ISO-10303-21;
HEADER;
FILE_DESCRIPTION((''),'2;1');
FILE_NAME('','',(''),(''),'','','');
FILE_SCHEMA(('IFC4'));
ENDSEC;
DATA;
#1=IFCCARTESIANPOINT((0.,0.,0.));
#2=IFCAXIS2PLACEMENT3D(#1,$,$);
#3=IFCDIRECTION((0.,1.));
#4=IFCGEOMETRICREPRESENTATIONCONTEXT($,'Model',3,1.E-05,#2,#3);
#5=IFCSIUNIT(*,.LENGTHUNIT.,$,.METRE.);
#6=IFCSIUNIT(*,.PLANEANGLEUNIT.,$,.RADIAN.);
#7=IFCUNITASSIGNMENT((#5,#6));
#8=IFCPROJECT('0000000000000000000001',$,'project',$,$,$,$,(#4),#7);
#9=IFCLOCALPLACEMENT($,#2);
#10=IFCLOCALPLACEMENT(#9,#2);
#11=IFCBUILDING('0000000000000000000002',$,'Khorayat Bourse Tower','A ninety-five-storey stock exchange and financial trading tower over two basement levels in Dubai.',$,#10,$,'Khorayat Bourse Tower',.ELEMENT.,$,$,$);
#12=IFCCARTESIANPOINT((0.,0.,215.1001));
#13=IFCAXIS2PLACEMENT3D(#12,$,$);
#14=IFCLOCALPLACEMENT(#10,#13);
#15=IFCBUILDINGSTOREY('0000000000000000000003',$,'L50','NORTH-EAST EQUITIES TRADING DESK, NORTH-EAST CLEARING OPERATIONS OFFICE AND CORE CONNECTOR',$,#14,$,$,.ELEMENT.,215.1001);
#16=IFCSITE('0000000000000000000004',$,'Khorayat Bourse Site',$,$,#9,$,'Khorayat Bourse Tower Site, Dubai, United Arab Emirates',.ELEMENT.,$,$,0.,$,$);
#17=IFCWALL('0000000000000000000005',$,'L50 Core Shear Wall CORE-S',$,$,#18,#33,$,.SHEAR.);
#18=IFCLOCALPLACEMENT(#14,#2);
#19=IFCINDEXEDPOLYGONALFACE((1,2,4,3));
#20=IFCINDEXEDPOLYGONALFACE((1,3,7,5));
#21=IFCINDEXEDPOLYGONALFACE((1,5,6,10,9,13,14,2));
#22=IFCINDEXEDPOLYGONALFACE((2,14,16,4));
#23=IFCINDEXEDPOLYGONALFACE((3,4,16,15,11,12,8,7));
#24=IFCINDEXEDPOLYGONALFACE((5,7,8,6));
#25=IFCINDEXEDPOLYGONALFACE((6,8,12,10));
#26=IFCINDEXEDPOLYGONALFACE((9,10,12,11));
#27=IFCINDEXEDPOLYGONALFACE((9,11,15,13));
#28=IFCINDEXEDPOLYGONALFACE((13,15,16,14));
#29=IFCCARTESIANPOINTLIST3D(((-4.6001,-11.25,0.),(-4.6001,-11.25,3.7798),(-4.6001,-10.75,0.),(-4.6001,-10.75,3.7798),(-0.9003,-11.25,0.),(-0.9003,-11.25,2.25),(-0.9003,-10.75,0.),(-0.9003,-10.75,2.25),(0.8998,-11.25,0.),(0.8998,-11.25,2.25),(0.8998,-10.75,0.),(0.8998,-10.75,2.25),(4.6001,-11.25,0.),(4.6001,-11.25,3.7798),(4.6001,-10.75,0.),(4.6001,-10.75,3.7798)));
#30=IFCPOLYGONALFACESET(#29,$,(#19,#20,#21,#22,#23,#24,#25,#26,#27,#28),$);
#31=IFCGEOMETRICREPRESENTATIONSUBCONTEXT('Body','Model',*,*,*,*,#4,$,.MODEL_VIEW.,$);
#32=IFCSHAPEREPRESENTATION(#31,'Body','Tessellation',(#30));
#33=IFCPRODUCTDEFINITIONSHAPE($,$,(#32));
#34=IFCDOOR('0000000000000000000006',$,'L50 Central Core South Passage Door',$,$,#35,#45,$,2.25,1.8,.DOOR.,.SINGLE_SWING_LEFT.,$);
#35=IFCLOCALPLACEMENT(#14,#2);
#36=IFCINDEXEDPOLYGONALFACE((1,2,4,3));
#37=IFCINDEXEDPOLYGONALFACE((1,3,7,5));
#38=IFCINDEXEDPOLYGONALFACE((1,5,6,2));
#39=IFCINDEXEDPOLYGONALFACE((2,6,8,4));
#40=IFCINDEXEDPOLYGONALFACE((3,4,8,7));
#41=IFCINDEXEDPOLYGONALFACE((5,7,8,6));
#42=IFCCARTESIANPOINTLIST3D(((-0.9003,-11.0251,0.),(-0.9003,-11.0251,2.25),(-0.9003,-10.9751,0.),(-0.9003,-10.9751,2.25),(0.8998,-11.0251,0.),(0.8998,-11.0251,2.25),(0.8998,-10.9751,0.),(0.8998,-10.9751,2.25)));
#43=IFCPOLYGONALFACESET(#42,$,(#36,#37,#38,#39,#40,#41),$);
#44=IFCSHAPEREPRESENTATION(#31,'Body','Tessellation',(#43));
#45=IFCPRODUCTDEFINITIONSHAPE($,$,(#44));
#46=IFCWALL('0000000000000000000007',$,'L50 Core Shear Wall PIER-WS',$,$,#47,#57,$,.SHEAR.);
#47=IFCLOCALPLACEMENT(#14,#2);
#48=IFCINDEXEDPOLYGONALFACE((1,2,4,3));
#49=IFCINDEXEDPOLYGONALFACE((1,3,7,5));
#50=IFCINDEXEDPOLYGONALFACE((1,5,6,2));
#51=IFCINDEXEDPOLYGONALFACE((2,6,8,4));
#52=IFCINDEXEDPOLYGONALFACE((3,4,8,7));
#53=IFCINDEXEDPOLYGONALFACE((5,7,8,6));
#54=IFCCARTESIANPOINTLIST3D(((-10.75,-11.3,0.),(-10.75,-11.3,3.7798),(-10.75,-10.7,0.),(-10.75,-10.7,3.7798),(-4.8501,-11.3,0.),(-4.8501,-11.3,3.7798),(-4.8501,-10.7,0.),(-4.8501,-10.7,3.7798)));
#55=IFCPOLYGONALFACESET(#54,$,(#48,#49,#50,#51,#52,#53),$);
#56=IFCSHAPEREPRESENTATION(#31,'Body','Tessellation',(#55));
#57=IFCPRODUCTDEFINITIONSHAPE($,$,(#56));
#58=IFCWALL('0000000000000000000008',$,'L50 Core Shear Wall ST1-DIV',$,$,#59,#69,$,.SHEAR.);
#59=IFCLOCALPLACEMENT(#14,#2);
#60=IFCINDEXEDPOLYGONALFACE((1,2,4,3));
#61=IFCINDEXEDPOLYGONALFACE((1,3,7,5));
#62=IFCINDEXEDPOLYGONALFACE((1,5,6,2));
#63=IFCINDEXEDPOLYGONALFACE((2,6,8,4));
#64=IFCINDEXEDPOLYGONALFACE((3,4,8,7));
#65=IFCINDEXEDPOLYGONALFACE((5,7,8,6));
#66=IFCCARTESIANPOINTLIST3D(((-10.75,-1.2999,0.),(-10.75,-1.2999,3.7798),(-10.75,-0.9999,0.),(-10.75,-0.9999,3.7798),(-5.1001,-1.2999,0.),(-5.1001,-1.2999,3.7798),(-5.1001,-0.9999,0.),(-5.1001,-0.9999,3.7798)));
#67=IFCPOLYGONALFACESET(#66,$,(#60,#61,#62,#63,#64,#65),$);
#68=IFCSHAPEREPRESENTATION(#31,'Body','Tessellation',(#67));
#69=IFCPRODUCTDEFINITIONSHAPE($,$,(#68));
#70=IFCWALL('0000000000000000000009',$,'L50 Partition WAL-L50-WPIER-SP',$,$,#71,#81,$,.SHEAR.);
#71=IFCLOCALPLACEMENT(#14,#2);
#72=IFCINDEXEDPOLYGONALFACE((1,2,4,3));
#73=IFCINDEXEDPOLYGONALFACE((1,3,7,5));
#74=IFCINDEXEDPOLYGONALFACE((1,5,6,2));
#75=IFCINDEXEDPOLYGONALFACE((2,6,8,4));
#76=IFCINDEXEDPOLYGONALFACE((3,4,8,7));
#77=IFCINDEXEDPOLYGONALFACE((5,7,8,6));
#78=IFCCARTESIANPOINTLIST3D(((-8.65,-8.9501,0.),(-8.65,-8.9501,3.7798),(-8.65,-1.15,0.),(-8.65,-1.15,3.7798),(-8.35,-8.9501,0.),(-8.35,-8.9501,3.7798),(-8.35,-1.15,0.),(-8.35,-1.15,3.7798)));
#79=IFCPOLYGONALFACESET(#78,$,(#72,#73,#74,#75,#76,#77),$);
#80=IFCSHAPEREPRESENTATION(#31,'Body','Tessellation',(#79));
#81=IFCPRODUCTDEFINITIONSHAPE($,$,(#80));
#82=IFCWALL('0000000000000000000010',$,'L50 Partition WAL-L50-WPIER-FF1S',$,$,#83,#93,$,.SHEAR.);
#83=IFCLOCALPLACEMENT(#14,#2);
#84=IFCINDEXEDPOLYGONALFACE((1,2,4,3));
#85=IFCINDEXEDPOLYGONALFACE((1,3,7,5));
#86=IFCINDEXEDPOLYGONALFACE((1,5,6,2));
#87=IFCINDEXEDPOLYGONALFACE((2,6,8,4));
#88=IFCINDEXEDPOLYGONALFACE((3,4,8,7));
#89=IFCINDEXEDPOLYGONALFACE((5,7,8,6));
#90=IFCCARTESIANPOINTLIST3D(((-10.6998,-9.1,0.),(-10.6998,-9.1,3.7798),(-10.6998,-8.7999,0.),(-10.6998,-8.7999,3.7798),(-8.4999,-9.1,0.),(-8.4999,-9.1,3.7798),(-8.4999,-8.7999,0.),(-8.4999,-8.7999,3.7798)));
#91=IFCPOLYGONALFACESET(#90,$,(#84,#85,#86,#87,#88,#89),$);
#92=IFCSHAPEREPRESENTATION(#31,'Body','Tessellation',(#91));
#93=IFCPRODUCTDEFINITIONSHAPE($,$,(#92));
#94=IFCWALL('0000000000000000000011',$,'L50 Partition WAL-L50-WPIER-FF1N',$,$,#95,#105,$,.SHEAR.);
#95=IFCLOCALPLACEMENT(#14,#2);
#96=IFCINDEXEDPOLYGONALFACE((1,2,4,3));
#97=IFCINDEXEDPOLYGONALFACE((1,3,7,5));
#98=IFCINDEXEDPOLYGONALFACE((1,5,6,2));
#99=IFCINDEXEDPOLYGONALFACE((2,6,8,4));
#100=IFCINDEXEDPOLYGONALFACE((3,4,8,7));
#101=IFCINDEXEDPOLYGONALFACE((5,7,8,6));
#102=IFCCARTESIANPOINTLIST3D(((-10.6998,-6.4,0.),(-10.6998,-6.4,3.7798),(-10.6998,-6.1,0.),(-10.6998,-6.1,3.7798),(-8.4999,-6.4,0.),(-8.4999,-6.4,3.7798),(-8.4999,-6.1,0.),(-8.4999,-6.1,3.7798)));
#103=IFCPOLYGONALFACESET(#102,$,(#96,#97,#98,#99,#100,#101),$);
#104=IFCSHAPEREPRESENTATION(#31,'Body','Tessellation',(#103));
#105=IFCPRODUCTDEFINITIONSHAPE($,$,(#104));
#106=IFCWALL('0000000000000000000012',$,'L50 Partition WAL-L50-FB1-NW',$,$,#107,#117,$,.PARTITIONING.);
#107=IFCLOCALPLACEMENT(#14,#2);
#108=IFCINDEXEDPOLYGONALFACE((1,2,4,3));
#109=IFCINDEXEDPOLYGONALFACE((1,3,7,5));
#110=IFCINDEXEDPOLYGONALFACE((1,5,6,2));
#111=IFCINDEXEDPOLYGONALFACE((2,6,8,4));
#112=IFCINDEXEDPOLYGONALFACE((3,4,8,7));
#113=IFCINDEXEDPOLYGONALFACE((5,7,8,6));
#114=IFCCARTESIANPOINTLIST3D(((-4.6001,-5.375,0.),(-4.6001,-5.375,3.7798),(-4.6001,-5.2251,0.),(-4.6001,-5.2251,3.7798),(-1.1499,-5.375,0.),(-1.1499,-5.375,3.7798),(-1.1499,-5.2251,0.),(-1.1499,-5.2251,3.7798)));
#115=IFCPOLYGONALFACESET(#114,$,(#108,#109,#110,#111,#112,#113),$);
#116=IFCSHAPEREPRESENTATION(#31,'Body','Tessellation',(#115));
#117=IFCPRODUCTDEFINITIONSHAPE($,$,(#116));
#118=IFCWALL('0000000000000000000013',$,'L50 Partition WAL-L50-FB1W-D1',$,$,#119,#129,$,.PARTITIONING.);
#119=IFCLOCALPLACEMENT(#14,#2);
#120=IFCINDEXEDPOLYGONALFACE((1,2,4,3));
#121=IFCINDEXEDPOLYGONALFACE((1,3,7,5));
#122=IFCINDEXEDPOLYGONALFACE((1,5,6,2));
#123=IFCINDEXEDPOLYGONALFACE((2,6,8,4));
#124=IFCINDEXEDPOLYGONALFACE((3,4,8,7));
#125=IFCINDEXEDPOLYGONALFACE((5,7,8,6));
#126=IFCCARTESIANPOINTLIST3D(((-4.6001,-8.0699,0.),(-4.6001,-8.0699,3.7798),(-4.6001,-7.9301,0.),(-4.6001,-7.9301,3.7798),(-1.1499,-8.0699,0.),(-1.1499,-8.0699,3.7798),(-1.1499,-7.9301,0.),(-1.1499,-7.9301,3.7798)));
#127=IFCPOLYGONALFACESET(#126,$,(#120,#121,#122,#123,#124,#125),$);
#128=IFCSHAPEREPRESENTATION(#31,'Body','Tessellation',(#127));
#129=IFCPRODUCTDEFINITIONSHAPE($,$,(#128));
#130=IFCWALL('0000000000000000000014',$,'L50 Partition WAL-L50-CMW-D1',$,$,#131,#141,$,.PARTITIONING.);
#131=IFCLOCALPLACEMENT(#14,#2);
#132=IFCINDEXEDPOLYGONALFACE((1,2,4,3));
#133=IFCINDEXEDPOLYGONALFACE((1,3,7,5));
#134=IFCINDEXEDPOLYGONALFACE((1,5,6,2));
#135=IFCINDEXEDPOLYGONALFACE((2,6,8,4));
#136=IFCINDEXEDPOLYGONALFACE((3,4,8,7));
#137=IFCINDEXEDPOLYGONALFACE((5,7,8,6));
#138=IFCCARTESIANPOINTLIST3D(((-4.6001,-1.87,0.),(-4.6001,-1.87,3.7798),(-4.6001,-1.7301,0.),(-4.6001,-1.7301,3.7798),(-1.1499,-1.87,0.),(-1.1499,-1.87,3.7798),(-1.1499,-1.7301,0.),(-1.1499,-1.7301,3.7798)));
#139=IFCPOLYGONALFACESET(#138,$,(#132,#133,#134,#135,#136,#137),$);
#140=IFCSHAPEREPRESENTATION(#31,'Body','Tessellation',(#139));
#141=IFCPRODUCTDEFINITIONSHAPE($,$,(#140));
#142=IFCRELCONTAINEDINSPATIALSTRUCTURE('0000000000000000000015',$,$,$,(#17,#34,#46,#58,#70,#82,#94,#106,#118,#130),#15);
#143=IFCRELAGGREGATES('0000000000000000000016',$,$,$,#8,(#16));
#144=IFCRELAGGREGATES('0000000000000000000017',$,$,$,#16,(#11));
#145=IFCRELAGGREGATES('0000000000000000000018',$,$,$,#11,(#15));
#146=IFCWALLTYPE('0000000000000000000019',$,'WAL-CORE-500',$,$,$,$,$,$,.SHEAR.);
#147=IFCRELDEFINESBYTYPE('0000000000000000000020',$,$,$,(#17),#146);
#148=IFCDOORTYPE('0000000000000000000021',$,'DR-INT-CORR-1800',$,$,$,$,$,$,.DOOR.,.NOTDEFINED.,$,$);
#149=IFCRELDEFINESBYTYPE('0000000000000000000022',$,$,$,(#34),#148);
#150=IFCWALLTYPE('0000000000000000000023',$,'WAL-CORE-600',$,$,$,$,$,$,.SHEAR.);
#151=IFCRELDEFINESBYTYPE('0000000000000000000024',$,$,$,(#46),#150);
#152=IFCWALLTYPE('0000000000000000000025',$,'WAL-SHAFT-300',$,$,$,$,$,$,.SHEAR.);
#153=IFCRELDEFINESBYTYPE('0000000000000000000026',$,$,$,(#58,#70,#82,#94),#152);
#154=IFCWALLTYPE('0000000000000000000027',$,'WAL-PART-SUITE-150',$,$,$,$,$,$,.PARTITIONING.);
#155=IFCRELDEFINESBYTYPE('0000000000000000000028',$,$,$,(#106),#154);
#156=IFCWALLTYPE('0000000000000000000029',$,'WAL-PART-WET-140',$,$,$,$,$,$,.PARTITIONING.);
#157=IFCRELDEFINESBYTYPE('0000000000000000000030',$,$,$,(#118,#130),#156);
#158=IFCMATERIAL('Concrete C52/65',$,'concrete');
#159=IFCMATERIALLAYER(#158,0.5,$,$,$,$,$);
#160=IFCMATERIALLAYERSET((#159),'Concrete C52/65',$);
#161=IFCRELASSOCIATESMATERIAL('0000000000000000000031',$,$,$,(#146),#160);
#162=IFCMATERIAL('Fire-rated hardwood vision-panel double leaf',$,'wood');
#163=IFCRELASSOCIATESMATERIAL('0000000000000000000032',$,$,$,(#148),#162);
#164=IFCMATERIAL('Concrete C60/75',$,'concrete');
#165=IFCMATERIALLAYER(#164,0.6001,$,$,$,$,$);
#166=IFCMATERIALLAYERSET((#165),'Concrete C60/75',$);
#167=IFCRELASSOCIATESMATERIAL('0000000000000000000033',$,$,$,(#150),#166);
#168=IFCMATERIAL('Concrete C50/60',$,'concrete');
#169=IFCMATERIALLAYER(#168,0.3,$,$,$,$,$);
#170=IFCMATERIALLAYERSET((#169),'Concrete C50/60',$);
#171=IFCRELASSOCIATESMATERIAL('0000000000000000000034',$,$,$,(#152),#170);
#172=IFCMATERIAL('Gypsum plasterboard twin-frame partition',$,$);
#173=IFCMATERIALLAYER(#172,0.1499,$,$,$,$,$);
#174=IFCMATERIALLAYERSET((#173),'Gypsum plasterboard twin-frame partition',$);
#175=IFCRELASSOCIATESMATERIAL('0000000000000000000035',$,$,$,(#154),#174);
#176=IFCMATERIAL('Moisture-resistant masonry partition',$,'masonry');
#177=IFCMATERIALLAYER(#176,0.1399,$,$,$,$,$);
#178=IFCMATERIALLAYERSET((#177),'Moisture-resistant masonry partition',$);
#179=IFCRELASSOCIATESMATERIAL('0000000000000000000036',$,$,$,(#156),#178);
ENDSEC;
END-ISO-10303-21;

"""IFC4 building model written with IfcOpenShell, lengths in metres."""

from ifc_helpers import new_model, si_unit, direction, frame, frame_2d, origin, place, context, subcontext, project, spatial, rectangle, extrude, source, transform, mapped, material, layer, layer_set, type_object, element, fill, save


model = new_model("IFC4")

# Units and contexts
model_context = context("Model", 3, precision=1e-05, world=origin(), true_north=direction((0.0, 1.0)))
body_context = subcontext(model_context, "Body", "Model", "MODEL_VIEW")
ifc_project = project(units=[si_unit("LENGTHUNIT", "METRE"), si_unit("PLANEANGLEUNIT", "RADIAN")], contexts=[model_context])

# Site, building, storey
site_placement = place(None, origin())
site = spatial("IfcSite", under=ifc_project, at=site_placement, Name="Khorayat Bourse Site", LongName="Khorayat Bourse Tower Site, Dubai, United Arab Emirates", CompositionType="ELEMENT", RefElevation=0.0)
building_placement = place(site_placement, origin())
building = spatial("IfcBuilding", under=site, at=building_placement, Name="Khorayat Bourse Tower", Description="A ninety-five-storey stock exchange and financial trading tower over two basement levels in Dubai.", LongName="Khorayat Bourse Tower", CompositionType="ELEMENT")
storey_placement = place(building_placement, frame((0.0, 0.0, 215.1001)))
storey = spatial("IfcBuildingStorey", under=building, at=storey_placement, Name="L50", Description="NORTH-EAST EQUITIES TRADING DESK, NORTH-EAST CLEARING OPERATIONS OFFICE AND CORE CONNECTOR", CompositionType="ELEMENT", Elevation=215.1001)

# Shared definitions
ifc_material_1 = material(Name="Concrete C60/75", Category="concrete")

# Shared definitions
ifc_material_2 = material(Name="Concrete C52/65", Category="concrete")
ifc_layer_1 = layer(ifc_material_2, 0.5)
ifc_layer_set_1 = layer_set([ifc_layer_1], Name="Concrete C52/65")
wall_type_1 = type_object("IfcWallType", Name="WAL-CORE-500", PredefinedType="SHEAR", material=ifc_layer_set_1)

# Wall, opening, door
shared_shape_1 = source(origin(), body_context, "Body", "SweptSolid", [
    extrude(rectangle(XDim=9.2002, YDim=0.5, at=frame_2d((4.6001, 0.0))), origin(), (0.0, 0.0, 1.0), 3.7798),
])
wall_1_placement = place(storey_placement, frame((-4.6001, -11.0, 0.0), z_axis=(0.0, 0.0, 1.0), x_axis=(1.0, 0.0, 0.0)))
wall_1 = element("IfcWall", 1, at=wall_1_placement, inside=storey, type_object=wall_type_1, Name="L50 Core Shear Wall CORE-S", PredefinedType="SHEAR", context=body_context, shape_type="MappedRepresentation", body=[
    mapped(shared_shape_1, transform((0.0, 0.0, 0.0), scale=1.0)),
])
shared_shape_2 = source(origin(), body_context, "Body", "SweptSolid", [
    extrude(rectangle(XDim=1.8, YDim=2.25, at=frame_2d((0.8999, 1.125))), frame((0.0, 0.26, 0.0), z_axis=(0.0, -1.0, 0.0), x_axis=(1.0, 0.0, 0.0)), (0.0, 0.0, 1.0), 0.52),
])
opening_placement = place(wall_1_placement, frame((3.7, 0.0, 0.0)))
opening = element("IfcOpeningElement", 2, at=opening_placement, cuts=wall_1, PredefinedType="OPENING", context=body_context, shape_type="MappedRepresentation", body=[
    mapped(shared_shape_2, transform((0.0, 0.0, 0.0), scale=1.0)),
])
ifc_material_3 = material(Name="Fire-rated hardwood vision-panel double leaf", Category="wood")
door_type = type_object("IfcDoorType", Name="DR-INT-CORR-1800", OperationType="NOTDEFINED", PredefinedType="DOOR", material=ifc_material_3)
shared_shape_3 = source(origin(), body_context, "Body", "SweptSolid", [
    extrude(rectangle(XDim=1.8, YDim=2.25, at=frame_2d((0.8999, 1.125))), frame((0.0, 0.0249, 0.0), z_axis=(0.0, -1.0, 0.0), x_axis=(1.0, 0.0, 0.0)), (0.0, 0.0, 1.0), 0.05),
])
door_placement = place(opening_placement, origin())
door = element("IfcDoor", 3, at=door_placement, inside=storey, type_object=door_type, Name="L50 Central Core South Passage Door", OperationType="SINGLE_SWING_LEFT", OverallHeight=2.25, OverallWidth=1.8, PredefinedType="DOOR", context=body_context, shape_type="MappedRepresentation", body=[
    mapped(shared_shape_3, transform((0.0, 0.0, 0.0), scale=1.0)),
])
fill(opening, door)

# Walls
ifc_layer_2 = layer(ifc_material_1, 0.6001)
ifc_layer_set_2 = layer_set([ifc_layer_2], Name="Concrete C60/75")
wall_type_2 = type_object("IfcWallType", Name="WAL-CORE-600", PredefinedType="SHEAR", material=ifc_layer_set_2)
shared_shape_4 = source(origin(), body_context, "Body", "SweptSolid", [
    extrude(rectangle(XDim=5.8999, YDim=0.6001, at=frame_2d((2.95, 0.0))), origin(), (0.0, 0.0, 1.0), 3.7798),
])
wall_2_placement = place(storey_placement, frame((-10.75, -11.0, 0.0), z_axis=(0.0, 0.0, 1.0), x_axis=(1.0, 0.0, 0.0)))
element("IfcWall", 4, at=wall_2_placement, inside=storey, type_object=wall_type_2, Name="L50 Core Shear Wall PIER-WS", PredefinedType="SHEAR", context=body_context, shape_type="MappedRepresentation", body=[
    mapped(shared_shape_4, transform((0.0, 0.0, 0.0), scale=1.0)),
])
ifc_material_4 = material(Name="Concrete C50/60", Category="concrete")
ifc_layer_3 = layer(ifc_material_4, 0.3)
ifc_layer_set_3 = layer_set([ifc_layer_3], Name="Concrete C50/60")
wall_type_3 = type_object("IfcWallType", Name="WAL-SHAFT-300", PredefinedType="SHEAR", material=ifc_layer_set_3)
shared_shape_5 = source(origin(), body_context, "Body", "SweptSolid", [
    extrude(rectangle(XDim=5.6499, YDim=0.3, at=frame_2d((2.825, 0.0))), origin(), (0.0, 0.0, 1.0), 3.7798),
])
wall_3_placement = place(storey_placement, frame((-10.75, -1.1499, 0.0), z_axis=(0.0, 0.0, 1.0), x_axis=(1.0, 0.0, 0.0)))
element("IfcWall", 5, at=wall_3_placement, inside=storey, type_object=wall_type_3, Name="L50 Core Shear Wall ST1-DIV", PredefinedType="SHEAR", context=body_context, shape_type="MappedRepresentation", body=[
    mapped(shared_shape_5, transform((0.0, 0.0, 0.0), scale=1.0)),
])
shared_shape_6 = source(origin(), body_context, "Body", "SweptSolid", [
    extrude(rectangle(XDim=7.8, YDim=0.3, at=frame_2d((3.8999, 0.0))), origin(), (0.0, 0.0, 1.0), 3.7798),
])
wall_4_placement = place(storey_placement, frame((-8.5, -8.95, 0.0), z_axis=(0.0, 0.0, 1.0), x_axis=(0.0, 1.0, 0.0)))
element("IfcWall", 6, at=wall_4_placement, inside=storey, type_object=wall_type_3, Name="L50 Partition WAL-L50-WPIER-SP", PredefinedType="SHEAR", context=body_context, shape_type="MappedRepresentation", body=[
    mapped(shared_shape_6, transform((0.0, 0.0, 0.0), scale=1.0)),
])
shared_shape_7 = source(origin(), body_context, "Body", "SweptSolid", [
    extrude(rectangle(XDim=2.2, YDim=0.3, at=frame_2d((1.1001, 0.0))), origin(), (0.0, 0.0, 1.0), 3.7798),
])
for number, where, z_axis, x_axis, name in (
    (7, (-10.7, -8.95, 0.0), (0.0, 0.0, 1.0), (1.0, 0.0, 0.0), "L50 Partition WAL-L50-WPIER-FF1S"),
    (8, (-10.7, -6.25, 0.0), (0.0, 0.0, 1.0), (1.0, 0.0, 0.0), "L50 Partition WAL-L50-WPIER-FF1N"),
):
    element("IfcWall", number, at=place(storey_placement, frame(where, z_axis=z_axis, x_axis=x_axis)), inside=storey, type_object=wall_type_3, Name=name, PredefinedType="SHEAR", context=body_context, shape_type="MappedRepresentation", body=[
        mapped(shared_shape_7, transform((0.0, 0.0, 0.0), scale=1.0)),
    ])
ifc_material_5 = material(Name="Gypsum plasterboard twin-frame partition")
ifc_layer_4 = layer(ifc_material_5, 0.1499)
ifc_layer_set_4 = layer_set([ifc_layer_4], Name="Gypsum plasterboard twin-frame partition")
wall_type_4 = type_object("IfcWallType", Name="WAL-PART-SUITE-150", PredefinedType="PARTITIONING", material=ifc_layer_set_4)
shared_shape_8 = source(origin(), body_context, "Body", "SweptSolid", [
    extrude(rectangle(XDim=3.4502, YDim=0.1499, at=frame_2d((1.7251, 0.0))), origin(), (0.0, 0.0, 1.0), 3.7798),
])
wall_5_placement = place(storey_placement, frame((-4.6001, -5.3, 0.0), z_axis=(0.0, 0.0, 1.0), x_axis=(1.0, 0.0, 0.0)))
element("IfcWall", 9, at=wall_5_placement, inside=storey, type_object=wall_type_4, Name="L50 Partition WAL-L50-FB1-NW", PredefinedType="PARTITIONING", context=body_context, shape_type="MappedRepresentation", body=[
    mapped(shared_shape_8, transform((0.0, 0.0, 0.0), scale=1.0)),
])
ifc_material_6 = material(Name="Moisture-resistant masonry partition", Category="masonry")
ifc_layer_5 = layer(ifc_material_6, 0.1399)
ifc_layer_set_5 = layer_set([ifc_layer_5], Name="Moisture-resistant masonry partition")
wall_type_5 = type_object("IfcWallType", Name="WAL-PART-WET-140", PredefinedType="PARTITIONING", material=ifc_layer_set_5)
shared_shape_9 = source(origin(), body_context, "Body", "SweptSolid", [
    extrude(rectangle(XDim=3.4502, YDim=0.1399, at=frame_2d((1.7251, 0.0))), origin(), (0.0, 0.0, 1.0), 3.7798),
])
for number, where, z_axis, x_axis, name in (
    (10, (-4.6001, -8.0, 0.0), (0.0, 0.0, 1.0), (1.0, 0.0, 0.0), "L50 Partition WAL-L50-FB1W-D1"),
    (11, (-4.6001, -1.8, 0.0), (0.0, 0.0, 1.0), (1.0, 0.0, 0.0), "L50 Partition WAL-L50-CMW-D1"),
):
    element("IfcWall", number, at=place(storey_placement, frame(where, z_axis=z_axis, x_axis=x_axis)), inside=storey, type_object=wall_type_5, Name=name, PredefinedType="PARTITIONING", context=body_context, shape_type="MappedRepresentation", body=[
        mapped(shared_shape_9, transform((0.0, 0.0, 0.0), scale=1.0)),
    ])

save(model, "model.ifc")
